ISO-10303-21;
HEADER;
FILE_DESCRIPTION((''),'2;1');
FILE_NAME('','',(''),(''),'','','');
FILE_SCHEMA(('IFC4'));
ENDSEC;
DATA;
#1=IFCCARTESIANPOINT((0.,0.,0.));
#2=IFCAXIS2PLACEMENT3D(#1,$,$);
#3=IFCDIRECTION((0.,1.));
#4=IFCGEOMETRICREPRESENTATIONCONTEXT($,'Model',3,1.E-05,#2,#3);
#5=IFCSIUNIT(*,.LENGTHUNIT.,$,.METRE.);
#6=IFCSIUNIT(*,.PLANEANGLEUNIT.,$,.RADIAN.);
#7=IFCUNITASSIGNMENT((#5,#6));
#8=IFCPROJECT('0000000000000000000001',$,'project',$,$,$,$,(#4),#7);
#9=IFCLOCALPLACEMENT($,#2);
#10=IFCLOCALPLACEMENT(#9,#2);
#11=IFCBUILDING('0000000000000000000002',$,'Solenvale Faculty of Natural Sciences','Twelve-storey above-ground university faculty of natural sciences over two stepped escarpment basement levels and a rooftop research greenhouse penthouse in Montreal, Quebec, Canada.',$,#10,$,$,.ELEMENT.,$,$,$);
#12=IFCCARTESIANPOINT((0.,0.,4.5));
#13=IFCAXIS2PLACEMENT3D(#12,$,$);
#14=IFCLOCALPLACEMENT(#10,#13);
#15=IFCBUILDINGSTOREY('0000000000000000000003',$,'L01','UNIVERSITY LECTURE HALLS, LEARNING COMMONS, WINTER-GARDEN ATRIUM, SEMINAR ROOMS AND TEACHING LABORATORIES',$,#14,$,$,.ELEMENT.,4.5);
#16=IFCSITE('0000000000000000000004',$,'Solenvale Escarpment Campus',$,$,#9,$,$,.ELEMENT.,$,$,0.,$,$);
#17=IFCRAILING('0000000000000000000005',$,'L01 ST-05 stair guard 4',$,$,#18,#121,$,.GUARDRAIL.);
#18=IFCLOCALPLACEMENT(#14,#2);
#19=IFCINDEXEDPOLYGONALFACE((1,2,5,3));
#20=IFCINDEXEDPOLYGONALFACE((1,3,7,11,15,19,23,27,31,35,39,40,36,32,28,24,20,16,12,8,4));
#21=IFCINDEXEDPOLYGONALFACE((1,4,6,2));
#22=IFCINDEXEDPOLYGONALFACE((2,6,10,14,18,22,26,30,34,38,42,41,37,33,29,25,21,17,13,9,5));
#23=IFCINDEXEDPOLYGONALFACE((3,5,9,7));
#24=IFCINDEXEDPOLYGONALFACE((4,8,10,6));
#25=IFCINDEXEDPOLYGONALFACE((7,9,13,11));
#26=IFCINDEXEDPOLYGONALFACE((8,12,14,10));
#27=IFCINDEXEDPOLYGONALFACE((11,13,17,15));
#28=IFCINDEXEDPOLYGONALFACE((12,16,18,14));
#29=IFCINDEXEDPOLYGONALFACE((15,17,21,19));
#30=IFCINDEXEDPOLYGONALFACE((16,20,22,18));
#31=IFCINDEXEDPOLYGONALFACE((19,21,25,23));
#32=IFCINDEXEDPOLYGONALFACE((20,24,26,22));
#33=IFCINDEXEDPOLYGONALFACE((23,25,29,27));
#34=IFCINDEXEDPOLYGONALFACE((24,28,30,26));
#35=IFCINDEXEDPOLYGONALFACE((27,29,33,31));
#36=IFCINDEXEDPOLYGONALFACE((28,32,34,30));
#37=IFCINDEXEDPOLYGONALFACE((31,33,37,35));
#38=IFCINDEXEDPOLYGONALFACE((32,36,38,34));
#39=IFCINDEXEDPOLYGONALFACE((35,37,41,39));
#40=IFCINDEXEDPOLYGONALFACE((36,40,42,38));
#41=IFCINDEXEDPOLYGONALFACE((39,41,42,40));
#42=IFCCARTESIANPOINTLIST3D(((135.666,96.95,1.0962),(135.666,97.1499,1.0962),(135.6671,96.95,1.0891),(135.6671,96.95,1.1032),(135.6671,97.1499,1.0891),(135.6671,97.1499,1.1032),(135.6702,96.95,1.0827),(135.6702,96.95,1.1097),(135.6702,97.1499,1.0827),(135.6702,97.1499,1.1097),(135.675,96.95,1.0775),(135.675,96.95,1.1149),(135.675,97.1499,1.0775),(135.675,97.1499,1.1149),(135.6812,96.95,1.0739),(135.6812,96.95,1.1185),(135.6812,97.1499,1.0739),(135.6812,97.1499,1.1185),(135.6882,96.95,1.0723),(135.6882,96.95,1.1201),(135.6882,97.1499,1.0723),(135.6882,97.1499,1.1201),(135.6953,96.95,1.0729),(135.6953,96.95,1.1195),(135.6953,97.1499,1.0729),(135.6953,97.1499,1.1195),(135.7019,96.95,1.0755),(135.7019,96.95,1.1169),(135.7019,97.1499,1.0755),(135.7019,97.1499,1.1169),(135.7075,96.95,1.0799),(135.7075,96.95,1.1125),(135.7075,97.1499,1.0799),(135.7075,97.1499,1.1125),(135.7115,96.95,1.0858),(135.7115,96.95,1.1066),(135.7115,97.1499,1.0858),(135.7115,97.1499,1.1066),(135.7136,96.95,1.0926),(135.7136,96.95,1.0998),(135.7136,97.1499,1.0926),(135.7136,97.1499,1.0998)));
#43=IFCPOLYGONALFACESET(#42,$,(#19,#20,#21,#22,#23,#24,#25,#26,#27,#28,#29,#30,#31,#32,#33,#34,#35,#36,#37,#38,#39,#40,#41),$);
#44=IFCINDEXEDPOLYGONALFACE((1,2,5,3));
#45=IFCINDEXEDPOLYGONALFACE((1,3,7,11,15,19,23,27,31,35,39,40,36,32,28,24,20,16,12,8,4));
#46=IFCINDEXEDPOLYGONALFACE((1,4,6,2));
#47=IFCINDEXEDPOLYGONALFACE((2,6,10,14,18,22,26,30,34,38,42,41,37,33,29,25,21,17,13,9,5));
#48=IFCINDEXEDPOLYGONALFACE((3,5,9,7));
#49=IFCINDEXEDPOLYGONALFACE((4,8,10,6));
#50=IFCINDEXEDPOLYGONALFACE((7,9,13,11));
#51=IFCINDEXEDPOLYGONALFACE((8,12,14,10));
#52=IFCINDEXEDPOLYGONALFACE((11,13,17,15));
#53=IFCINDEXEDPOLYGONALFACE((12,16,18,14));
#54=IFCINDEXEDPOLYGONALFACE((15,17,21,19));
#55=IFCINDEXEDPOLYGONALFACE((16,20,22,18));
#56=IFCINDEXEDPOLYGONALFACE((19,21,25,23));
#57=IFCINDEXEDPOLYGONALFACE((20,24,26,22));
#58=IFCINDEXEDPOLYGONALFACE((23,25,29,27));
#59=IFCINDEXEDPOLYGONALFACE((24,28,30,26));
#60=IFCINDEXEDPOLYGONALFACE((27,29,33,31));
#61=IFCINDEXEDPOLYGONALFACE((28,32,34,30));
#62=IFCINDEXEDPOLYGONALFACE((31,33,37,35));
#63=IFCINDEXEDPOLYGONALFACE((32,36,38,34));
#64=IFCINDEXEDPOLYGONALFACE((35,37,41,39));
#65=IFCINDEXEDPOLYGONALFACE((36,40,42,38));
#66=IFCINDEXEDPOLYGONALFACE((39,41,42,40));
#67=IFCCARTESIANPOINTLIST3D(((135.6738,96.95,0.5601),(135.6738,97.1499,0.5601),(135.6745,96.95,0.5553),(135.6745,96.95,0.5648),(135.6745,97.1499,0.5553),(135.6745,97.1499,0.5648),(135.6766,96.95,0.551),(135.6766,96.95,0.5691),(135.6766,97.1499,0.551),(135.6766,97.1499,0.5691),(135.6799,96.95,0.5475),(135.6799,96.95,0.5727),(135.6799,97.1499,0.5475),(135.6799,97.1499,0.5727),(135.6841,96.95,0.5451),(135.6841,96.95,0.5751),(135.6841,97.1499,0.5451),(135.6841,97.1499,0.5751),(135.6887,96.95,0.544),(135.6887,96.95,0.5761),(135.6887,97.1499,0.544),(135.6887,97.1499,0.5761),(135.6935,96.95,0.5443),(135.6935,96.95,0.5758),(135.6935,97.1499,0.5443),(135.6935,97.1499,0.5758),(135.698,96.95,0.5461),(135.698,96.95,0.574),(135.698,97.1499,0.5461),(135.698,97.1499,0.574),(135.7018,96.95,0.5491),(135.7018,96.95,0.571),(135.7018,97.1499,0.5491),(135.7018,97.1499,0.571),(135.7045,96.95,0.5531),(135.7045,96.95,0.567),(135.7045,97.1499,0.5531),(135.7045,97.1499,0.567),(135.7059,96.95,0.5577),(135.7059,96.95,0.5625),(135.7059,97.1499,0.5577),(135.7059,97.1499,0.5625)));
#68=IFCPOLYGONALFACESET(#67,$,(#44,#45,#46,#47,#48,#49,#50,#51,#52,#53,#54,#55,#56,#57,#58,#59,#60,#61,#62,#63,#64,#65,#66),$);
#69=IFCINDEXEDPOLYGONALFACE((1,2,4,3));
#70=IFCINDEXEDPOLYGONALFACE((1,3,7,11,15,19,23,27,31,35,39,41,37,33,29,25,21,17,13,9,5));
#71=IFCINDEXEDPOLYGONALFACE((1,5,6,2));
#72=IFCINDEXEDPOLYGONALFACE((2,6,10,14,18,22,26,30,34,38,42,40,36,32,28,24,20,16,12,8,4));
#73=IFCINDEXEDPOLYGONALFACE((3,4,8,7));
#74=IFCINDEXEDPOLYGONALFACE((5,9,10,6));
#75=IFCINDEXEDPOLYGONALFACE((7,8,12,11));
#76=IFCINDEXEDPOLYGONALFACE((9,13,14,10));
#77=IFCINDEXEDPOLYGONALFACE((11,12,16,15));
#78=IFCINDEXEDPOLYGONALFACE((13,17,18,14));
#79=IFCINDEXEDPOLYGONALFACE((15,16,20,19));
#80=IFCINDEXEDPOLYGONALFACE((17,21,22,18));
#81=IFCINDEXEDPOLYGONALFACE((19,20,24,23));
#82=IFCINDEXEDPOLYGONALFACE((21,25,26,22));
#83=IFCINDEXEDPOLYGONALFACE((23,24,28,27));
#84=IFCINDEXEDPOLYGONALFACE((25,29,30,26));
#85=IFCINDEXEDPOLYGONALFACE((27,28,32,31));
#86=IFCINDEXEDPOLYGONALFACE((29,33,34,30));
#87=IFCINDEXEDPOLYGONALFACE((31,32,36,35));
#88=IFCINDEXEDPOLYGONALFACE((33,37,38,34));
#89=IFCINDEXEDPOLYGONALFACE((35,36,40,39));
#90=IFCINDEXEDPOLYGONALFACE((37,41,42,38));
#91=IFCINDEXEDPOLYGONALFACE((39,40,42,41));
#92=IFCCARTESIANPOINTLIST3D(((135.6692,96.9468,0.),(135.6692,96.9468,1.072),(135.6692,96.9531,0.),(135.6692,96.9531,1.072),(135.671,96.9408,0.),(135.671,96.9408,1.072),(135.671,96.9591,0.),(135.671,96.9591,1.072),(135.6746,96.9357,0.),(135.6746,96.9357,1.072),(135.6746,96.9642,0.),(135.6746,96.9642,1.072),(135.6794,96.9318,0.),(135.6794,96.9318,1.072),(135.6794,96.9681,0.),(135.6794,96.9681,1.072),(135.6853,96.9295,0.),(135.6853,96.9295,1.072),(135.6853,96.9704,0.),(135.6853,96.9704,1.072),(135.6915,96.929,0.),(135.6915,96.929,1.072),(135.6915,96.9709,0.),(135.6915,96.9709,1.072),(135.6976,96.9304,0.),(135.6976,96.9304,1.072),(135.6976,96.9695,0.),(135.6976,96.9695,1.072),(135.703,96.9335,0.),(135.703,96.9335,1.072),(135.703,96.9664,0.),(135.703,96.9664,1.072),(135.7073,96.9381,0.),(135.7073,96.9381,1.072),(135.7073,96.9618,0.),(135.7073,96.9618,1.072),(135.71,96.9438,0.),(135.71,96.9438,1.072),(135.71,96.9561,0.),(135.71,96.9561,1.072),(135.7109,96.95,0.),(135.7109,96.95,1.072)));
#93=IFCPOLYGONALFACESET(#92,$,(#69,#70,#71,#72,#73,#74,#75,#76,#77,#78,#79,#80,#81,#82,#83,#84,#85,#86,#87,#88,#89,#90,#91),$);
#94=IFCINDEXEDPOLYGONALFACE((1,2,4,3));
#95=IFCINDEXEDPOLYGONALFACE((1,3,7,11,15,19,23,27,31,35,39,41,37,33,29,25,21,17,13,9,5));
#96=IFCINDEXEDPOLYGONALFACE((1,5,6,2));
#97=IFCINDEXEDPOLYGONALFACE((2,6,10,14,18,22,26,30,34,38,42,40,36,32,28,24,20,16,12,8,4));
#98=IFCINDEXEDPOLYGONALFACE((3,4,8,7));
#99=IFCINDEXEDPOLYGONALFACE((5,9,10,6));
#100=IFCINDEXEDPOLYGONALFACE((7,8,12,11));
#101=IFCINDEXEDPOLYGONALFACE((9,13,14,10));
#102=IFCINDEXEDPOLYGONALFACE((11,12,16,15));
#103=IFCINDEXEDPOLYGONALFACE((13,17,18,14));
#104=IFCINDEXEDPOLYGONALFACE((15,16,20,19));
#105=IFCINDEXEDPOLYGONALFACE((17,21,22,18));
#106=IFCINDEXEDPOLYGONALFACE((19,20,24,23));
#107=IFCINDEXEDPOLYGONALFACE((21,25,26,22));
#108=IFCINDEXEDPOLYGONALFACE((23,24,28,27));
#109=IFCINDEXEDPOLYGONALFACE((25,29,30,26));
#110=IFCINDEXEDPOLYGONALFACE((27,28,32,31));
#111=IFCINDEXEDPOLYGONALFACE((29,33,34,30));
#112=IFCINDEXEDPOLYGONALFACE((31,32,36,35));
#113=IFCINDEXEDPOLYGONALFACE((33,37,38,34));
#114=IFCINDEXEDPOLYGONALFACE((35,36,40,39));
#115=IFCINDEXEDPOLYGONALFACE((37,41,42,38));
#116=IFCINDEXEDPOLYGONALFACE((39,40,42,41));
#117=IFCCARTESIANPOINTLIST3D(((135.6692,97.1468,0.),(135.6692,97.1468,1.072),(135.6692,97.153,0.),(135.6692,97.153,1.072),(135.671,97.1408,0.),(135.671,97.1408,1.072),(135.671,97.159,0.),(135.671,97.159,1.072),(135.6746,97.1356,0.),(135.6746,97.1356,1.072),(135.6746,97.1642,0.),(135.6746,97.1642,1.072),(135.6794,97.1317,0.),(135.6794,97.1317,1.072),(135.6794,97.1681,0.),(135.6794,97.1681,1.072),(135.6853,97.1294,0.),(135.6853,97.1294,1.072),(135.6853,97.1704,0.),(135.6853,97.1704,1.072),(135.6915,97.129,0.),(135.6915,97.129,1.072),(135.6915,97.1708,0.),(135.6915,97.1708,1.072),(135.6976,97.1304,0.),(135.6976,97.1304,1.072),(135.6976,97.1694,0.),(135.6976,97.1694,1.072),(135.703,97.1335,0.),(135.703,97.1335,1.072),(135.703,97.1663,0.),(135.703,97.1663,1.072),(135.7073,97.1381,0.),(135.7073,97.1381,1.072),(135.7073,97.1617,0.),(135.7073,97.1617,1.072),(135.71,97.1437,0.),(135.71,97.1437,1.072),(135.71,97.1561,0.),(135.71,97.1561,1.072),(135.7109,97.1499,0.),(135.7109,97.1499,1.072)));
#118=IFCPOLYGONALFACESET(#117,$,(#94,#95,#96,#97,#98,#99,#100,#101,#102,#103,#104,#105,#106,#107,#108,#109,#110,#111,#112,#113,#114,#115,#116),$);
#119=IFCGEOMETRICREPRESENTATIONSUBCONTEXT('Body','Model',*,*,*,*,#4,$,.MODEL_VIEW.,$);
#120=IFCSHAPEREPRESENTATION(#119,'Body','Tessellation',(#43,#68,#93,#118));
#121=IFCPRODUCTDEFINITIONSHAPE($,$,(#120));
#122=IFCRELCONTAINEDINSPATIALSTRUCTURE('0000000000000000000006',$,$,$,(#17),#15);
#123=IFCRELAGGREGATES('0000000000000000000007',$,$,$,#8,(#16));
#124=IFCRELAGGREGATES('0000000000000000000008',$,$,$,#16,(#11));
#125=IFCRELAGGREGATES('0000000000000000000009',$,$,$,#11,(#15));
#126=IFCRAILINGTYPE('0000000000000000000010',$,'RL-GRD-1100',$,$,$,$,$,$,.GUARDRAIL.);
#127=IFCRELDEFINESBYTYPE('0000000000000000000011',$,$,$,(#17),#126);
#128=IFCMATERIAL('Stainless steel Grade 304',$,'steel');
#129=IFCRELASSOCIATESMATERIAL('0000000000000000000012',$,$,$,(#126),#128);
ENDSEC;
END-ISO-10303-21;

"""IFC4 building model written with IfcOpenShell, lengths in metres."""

from ifc_helpers import new_model, si_unit, direction, frame, origin, origin_2d, place, context, subcontext, project, spatial, circle, extrude, material, type_object, element, save


model = new_model("IFC4")

# Units and contexts
model_context = context("Model", 3, precision=1e-05, world=origin(), true_north=direction((0.0, 1.0)))
body_context = subcontext(model_context, "Body", "Model", "MODEL_VIEW")
ifc_project = project(units=[si_unit("LENGTHUNIT", "METRE"), si_unit("PLANEANGLEUNIT", "RADIAN")], contexts=[model_context])

# Site, building, storey
site_placement = place(None, origin())
site = spatial("IfcSite", under=ifc_project, at=site_placement, Name="Solenvale Escarpment Campus", CompositionType="ELEMENT", RefElevation=0.0)
building_placement = place(site_placement, origin())
building = spatial("IfcBuilding", under=site, at=building_placement, Name="Solenvale Faculty of Natural Sciences", Description="Twelve-storey above-ground university faculty of natural sciences over two stepped escarpment basement levels and a rooftop research greenhouse penthouse in Montreal, Quebec, Canada.", CompositionType="ELEMENT")
storey_placement = place(building_placement, frame((0.0, 0.0, 4.5)))
storey = spatial("IfcBuildingStorey", under=building, at=storey_placement, Name="L01", Description="UNIVERSITY LECTURE HALLS, LEARNING COMMONS, WINTER-GARDEN ATRIUM, SEMINAR ROOMS AND TEACHING LABORATORIES", CompositionType="ELEMENT", Elevation=4.5)

# Shared definitions
ifc_material_1 = material(Name="Stainless steel Grade 304", Category="steel")

# Railing
railing_type_1 = type_object("IfcRailingType", Name="RL-GRD-1100", PredefinedType="GUARDRAIL", material=ifc_material_1)
railing_1_placement = place(storey_placement, frame((135.6899, 96.95, 0.0)))
element("IfcRailing", 1, at=railing_1_placement, inside=storey, type_object=railing_type_1, Name="L01 ST-05 stair guard 4", PredefinedType="GUARDRAIL", context=body_context, shape_type="SweptSolid", body=[
    extrude(circle(Radius=0.0239, at=origin_2d()), frame((0.0, 0.0, 1.0962), z_axis=(0.0, 1.0, 0.0), x_axis=(-1.0, 0.0, 0.0)), (0.0, 0.0, 1.0), 0.2),
    extrude(circle(Radius=0.0161, at=origin_2d()), frame((0.0, 0.0, 0.5601), z_axis=(0.0, 1.0, 0.0), x_axis=(-1.0, 0.0, 0.0)), (0.0, 0.0, 1.0), 0.2),
    extrude(circle(Radius=0.021, at=origin_2d()), origin(), (0.0, 0.0, 1.0), 1.072),
    extrude(circle(Radius=0.021, at=origin_2d()), frame((0.0, 0.2, 0.0)), (0.0, 0.0, 1.0), 1.072),
])

save(model, "model.ifc")
